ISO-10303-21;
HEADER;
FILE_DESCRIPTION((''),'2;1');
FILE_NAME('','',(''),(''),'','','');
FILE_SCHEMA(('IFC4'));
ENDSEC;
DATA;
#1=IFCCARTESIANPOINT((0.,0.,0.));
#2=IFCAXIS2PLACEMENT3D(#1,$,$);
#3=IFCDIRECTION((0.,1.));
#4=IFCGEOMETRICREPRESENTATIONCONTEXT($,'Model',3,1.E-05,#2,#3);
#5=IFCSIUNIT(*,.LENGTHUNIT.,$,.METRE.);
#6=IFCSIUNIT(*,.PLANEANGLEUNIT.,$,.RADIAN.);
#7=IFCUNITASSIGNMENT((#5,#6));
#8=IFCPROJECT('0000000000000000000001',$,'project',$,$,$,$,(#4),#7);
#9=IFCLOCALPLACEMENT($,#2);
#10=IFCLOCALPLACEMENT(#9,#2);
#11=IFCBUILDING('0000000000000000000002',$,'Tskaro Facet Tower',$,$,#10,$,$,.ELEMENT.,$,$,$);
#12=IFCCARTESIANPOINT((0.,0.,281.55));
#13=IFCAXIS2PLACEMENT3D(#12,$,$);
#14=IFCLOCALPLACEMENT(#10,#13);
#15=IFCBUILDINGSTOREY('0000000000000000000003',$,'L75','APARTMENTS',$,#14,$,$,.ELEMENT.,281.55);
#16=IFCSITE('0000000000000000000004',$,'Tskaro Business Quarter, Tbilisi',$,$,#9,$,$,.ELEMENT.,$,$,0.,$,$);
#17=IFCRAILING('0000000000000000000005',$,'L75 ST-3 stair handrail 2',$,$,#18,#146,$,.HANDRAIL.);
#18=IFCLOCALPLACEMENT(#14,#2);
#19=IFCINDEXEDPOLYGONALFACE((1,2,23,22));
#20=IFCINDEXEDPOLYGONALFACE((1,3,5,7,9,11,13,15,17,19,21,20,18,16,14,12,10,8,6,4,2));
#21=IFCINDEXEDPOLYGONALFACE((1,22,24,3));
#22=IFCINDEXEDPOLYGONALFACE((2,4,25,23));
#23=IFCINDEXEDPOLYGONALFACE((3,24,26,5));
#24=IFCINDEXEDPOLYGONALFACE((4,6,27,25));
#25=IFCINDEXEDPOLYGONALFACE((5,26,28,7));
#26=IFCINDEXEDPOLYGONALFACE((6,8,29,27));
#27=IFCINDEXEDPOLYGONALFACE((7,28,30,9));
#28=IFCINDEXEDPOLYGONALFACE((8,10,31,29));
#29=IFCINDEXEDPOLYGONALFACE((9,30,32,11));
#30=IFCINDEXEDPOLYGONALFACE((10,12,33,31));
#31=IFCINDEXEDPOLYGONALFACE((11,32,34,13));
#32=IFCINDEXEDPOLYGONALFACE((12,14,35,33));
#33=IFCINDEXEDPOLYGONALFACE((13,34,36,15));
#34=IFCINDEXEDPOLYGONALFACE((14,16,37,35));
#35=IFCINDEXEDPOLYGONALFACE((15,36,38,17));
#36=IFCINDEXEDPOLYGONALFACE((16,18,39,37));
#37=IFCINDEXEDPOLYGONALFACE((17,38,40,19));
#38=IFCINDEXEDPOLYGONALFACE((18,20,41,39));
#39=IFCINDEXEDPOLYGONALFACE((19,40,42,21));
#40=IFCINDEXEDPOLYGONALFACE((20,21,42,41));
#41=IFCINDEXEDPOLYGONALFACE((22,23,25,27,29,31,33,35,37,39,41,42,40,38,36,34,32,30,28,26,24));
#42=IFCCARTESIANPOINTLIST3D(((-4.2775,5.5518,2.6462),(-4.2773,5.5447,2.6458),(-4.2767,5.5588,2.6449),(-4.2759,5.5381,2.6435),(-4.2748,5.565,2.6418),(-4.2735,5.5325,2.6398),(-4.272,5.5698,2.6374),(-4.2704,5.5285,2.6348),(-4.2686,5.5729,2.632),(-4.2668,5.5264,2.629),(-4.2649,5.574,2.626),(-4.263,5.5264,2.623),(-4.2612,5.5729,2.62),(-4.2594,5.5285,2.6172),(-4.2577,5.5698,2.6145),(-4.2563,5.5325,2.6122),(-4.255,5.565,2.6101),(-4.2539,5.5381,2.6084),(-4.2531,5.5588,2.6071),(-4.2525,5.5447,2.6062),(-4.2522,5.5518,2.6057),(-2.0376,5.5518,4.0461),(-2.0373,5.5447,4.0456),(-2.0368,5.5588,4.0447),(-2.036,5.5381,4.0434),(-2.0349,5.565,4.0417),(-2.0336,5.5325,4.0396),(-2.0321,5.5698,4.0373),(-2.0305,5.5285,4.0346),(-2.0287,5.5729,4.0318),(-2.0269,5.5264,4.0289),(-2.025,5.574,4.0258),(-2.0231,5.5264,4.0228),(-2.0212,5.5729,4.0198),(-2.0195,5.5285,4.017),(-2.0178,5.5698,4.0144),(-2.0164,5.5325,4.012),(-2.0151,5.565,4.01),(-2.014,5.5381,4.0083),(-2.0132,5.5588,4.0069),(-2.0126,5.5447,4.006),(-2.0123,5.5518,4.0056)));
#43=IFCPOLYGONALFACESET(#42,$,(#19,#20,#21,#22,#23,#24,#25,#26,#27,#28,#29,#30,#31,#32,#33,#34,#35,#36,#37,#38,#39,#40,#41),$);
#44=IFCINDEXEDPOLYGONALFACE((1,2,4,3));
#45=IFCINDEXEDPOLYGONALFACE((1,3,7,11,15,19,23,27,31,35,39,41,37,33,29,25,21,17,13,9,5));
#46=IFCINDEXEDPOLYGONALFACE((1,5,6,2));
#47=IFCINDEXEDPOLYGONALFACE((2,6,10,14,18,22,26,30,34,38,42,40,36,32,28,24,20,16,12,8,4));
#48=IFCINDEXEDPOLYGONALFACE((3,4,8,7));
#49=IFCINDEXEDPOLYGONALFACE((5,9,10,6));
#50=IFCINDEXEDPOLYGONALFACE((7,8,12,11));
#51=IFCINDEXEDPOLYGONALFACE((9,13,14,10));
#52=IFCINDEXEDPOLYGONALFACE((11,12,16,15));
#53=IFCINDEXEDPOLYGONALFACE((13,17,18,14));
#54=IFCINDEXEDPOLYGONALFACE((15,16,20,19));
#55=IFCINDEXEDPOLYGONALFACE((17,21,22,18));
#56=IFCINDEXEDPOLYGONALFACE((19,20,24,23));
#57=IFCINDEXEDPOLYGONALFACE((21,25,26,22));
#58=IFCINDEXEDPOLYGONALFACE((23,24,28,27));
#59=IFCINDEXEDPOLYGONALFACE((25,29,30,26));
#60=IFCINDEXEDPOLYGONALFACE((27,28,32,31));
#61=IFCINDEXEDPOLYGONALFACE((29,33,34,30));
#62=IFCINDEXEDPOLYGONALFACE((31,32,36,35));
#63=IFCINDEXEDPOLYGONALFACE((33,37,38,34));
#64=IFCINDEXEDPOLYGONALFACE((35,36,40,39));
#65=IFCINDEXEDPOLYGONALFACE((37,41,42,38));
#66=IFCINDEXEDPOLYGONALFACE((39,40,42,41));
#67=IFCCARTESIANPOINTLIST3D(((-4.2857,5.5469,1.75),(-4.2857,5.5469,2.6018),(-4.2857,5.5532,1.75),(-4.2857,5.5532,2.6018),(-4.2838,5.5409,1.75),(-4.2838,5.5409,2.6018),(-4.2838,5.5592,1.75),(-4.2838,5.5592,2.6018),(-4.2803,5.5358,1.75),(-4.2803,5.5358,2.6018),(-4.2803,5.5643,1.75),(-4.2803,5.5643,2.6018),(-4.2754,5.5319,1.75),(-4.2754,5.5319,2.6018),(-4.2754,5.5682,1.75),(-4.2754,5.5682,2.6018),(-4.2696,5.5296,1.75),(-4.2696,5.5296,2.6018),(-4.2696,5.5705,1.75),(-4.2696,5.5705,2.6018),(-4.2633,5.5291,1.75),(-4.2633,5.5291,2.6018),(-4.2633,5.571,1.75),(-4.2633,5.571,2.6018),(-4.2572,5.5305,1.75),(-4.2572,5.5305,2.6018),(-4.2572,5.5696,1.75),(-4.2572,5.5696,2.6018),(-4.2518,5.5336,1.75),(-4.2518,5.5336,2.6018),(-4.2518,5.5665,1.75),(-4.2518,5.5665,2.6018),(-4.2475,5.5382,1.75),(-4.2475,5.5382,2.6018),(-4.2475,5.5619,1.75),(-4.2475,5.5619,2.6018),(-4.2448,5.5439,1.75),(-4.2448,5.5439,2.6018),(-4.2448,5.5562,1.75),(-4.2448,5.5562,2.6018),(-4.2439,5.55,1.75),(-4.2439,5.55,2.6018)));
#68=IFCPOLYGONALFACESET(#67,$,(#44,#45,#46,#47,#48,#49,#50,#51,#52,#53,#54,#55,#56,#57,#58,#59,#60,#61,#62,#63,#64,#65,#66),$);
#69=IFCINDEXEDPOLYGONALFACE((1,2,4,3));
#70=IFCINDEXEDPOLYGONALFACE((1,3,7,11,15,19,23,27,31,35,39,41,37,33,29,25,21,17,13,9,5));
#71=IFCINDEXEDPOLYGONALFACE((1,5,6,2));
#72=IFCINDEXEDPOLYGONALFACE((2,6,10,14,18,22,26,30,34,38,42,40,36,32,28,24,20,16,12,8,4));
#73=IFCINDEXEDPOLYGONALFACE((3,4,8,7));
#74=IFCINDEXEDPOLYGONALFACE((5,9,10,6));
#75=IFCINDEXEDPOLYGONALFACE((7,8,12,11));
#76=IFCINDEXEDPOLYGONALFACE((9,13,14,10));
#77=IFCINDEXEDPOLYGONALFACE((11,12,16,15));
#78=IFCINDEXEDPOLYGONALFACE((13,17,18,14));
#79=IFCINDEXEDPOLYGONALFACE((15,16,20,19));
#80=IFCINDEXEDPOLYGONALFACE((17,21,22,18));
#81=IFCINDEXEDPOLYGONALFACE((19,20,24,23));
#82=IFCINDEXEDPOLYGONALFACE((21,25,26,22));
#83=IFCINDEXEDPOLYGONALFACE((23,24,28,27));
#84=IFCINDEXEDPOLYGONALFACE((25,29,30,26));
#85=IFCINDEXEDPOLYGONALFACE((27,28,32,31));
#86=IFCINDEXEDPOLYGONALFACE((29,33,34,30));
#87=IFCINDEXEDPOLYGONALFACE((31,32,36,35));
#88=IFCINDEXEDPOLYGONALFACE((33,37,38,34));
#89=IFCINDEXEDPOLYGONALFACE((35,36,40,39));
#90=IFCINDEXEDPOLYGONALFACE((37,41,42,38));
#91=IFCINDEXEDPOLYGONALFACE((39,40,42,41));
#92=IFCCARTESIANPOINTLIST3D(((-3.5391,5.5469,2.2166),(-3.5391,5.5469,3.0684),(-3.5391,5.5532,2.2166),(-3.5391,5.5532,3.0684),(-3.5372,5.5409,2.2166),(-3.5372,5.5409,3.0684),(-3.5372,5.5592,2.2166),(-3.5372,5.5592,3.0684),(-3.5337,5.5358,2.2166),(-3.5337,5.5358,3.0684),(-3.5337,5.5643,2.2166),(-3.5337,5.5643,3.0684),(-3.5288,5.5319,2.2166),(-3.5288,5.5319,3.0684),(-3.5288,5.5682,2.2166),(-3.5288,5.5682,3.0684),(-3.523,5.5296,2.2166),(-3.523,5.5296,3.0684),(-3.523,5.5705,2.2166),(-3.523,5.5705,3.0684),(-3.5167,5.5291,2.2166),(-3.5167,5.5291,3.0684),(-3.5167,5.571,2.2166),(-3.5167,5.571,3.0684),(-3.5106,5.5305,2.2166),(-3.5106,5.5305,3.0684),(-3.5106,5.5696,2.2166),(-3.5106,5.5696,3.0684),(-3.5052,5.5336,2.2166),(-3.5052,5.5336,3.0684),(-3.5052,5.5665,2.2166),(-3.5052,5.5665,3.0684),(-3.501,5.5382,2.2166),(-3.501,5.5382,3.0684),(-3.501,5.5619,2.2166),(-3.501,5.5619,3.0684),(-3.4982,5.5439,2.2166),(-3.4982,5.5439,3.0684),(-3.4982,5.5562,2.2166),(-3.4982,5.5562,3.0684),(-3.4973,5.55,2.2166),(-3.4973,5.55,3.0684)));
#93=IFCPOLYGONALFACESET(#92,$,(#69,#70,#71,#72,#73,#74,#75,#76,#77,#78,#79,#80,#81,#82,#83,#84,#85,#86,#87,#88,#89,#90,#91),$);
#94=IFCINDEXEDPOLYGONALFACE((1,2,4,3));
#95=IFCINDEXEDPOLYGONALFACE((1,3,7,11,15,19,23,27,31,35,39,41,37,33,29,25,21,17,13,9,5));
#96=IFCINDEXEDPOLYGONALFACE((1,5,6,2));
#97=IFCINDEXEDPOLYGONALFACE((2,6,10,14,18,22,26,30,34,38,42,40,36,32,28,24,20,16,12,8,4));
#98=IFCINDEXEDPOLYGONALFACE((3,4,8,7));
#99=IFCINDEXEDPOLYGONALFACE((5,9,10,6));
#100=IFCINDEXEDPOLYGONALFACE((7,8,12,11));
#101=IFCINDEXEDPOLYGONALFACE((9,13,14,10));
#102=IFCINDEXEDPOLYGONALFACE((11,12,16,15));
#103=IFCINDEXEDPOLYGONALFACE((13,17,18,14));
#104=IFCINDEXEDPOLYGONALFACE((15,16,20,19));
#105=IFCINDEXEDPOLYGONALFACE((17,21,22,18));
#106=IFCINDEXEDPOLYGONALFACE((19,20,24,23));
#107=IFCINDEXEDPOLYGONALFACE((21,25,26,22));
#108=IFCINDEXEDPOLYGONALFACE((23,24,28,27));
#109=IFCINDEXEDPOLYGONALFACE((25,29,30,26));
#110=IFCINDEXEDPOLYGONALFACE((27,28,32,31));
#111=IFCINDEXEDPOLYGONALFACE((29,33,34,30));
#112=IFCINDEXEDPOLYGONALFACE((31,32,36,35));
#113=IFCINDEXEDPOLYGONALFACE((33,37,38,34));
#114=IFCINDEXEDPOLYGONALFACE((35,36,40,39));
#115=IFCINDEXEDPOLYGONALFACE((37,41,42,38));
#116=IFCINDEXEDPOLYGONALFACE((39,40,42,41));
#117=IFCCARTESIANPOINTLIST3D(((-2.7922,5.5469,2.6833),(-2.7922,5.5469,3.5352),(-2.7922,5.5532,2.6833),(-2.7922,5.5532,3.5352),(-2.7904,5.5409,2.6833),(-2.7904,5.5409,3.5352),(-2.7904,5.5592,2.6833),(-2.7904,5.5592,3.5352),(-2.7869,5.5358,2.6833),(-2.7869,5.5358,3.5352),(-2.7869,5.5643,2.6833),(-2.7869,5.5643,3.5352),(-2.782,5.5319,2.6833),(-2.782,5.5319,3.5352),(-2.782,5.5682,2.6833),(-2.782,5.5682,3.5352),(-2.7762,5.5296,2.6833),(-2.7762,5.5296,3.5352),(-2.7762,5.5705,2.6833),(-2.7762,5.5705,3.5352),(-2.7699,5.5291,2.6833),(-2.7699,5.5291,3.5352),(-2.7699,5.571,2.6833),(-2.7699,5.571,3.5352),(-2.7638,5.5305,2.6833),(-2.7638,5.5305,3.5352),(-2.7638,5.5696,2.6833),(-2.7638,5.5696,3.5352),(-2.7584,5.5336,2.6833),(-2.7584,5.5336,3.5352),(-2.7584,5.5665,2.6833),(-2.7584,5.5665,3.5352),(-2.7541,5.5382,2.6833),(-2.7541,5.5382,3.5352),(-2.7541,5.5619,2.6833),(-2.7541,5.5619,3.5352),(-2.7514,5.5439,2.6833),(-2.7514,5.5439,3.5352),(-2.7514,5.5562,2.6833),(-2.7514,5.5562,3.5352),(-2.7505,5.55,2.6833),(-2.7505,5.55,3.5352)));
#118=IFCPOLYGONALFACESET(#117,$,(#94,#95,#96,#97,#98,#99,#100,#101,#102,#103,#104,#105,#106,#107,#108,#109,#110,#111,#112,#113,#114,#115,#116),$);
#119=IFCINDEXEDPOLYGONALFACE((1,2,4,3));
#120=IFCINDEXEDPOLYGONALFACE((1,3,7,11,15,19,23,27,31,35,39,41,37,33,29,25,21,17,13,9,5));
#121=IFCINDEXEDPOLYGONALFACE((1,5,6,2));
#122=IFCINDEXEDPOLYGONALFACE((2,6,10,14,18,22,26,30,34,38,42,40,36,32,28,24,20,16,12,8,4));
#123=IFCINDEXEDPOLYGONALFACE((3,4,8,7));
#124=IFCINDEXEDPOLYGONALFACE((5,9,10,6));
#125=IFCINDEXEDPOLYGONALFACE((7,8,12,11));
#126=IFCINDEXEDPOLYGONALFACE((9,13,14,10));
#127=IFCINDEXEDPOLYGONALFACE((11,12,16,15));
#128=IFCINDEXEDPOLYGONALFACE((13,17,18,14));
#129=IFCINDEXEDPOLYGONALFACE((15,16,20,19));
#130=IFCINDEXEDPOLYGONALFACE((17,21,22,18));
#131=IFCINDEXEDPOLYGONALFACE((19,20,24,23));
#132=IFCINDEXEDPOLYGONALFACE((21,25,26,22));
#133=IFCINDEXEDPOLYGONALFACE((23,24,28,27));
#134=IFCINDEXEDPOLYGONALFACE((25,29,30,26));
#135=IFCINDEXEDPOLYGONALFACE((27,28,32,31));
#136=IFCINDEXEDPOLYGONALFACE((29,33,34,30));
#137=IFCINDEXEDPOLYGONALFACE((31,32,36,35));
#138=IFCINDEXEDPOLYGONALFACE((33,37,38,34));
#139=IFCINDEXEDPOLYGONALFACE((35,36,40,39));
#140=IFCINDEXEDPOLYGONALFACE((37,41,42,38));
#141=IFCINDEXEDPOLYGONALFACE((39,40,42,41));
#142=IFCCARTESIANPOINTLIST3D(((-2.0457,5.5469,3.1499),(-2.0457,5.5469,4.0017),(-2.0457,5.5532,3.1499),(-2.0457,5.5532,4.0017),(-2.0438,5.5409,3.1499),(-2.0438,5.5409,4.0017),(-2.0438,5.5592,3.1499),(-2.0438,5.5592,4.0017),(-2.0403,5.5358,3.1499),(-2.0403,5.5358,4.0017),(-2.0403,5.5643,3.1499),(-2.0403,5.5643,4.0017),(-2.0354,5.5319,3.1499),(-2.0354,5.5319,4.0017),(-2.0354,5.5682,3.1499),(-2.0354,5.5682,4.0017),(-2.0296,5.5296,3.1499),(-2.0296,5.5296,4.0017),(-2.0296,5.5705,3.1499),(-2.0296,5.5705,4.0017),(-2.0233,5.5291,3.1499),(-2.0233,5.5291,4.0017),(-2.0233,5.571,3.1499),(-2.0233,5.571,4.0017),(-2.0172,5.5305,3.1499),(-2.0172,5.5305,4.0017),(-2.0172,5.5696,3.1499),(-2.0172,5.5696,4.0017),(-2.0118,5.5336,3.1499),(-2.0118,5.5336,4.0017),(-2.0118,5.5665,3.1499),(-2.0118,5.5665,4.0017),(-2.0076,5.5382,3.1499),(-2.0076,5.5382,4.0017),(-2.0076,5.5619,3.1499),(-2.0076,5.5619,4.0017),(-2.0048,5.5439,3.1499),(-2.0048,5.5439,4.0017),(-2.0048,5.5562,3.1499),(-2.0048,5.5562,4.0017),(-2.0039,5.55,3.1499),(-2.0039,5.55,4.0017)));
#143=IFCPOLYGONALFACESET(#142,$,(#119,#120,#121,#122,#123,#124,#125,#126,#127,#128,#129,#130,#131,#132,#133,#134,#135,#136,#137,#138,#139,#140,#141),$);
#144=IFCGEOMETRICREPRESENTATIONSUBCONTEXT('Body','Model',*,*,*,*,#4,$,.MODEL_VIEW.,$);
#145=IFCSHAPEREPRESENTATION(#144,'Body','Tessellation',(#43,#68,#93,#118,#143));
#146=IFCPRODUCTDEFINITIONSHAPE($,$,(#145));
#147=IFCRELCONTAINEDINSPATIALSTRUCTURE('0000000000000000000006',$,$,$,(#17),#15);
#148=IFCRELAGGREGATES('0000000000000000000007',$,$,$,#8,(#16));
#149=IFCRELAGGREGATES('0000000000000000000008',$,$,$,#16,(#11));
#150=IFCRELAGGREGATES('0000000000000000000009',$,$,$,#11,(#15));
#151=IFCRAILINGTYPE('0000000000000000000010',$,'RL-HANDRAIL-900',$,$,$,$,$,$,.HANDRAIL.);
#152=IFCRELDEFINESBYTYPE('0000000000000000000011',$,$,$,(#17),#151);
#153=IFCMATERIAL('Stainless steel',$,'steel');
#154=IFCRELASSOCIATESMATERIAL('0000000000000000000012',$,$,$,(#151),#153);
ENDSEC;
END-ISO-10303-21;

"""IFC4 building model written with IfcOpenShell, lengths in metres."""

from ifc_helpers import new_model, si_unit, direction, frame, origin, origin_2d, place, context, subcontext, project, spatial, circle, extrude, material, type_object, element, save


model = new_model("IFC4")

# Units and contexts
model_context = context("Model", 3, precision=1e-05, world=origin(), true_north=direction((0.0, 1.0)))
body_context = subcontext(model_context, "Body", "Model", "MODEL_VIEW")
ifc_project = project(units=[si_unit("LENGTHUNIT", "METRE"), si_unit("PLANEANGLEUNIT", "RADIAN")], contexts=[model_context])

# Site, building, storey
site_placement = place(None, origin())
site = spatial("IfcSite", under=ifc_project, at=site_placement, Name="Tskaro Business Quarter, Tbilisi", CompositionType="ELEMENT", RefElevation=0.0)
building_placement = place(site_placement, origin())
building = spatial("IfcBuilding", under=site, at=building_placement, Name="Tskaro Facet Tower", CompositionType="ELEMENT")
storey_placement = place(building_placement, frame((0.0, 0.0, 281.55)))
storey = spatial("IfcBuildingStorey", under=building, at=storey_placement, Name="L75", Description="APARTMENTS", CompositionType="ELEMENT", Elevation=281.55)

# Railing
ifc_material_1 = material(Name="Stainless steel", Category="steel")
railing_type = type_object("IfcRailingType", Name="RL-HANDRAIL-900", PredefinedType="HANDRAIL", material=ifc_material_1)
railing_placement = place(storey_placement, frame((-4.2649, 5.55, 1.75)))
element("IfcRailing", 1, at=railing_placement, inside=storey, type_object=railing_type, Name="L75 ST-3 stair handrail 2", PredefinedType="HANDRAIL", context=body_context, shape_type="SweptSolid", body=[
    extrude(circle(Radius=0.0239, at=origin_2d()), frame((0.0, 0.0, 0.876), z_axis=(0.848014, 0.0, 0.529974), x_axis=(0.0, 1.0, 0.0)), (0.0, 0.0, 1.0), 2.6414),
    extrude(circle(Radius=0.021, at=origin_2d()), origin(), (0.0, 0.0, 1.0), 0.8518),
    extrude(circle(Radius=0.021, at=origin_2d()), frame((0.7466, 0.0, 0.4666)), (0.0, 0.0, 1.0), 0.8518),
    extrude(circle(Radius=0.021, at=origin_2d()), frame((1.4934, 0.0, 0.9333)), (0.0, 0.0, 1.0), 0.8518),
    extrude(circle(Radius=0.021, at=origin_2d()), frame((2.24, 0.0, 1.3999)), (0.0, 0.0, 1.0), 0.8518),
])

save(model, "model.ifc")
